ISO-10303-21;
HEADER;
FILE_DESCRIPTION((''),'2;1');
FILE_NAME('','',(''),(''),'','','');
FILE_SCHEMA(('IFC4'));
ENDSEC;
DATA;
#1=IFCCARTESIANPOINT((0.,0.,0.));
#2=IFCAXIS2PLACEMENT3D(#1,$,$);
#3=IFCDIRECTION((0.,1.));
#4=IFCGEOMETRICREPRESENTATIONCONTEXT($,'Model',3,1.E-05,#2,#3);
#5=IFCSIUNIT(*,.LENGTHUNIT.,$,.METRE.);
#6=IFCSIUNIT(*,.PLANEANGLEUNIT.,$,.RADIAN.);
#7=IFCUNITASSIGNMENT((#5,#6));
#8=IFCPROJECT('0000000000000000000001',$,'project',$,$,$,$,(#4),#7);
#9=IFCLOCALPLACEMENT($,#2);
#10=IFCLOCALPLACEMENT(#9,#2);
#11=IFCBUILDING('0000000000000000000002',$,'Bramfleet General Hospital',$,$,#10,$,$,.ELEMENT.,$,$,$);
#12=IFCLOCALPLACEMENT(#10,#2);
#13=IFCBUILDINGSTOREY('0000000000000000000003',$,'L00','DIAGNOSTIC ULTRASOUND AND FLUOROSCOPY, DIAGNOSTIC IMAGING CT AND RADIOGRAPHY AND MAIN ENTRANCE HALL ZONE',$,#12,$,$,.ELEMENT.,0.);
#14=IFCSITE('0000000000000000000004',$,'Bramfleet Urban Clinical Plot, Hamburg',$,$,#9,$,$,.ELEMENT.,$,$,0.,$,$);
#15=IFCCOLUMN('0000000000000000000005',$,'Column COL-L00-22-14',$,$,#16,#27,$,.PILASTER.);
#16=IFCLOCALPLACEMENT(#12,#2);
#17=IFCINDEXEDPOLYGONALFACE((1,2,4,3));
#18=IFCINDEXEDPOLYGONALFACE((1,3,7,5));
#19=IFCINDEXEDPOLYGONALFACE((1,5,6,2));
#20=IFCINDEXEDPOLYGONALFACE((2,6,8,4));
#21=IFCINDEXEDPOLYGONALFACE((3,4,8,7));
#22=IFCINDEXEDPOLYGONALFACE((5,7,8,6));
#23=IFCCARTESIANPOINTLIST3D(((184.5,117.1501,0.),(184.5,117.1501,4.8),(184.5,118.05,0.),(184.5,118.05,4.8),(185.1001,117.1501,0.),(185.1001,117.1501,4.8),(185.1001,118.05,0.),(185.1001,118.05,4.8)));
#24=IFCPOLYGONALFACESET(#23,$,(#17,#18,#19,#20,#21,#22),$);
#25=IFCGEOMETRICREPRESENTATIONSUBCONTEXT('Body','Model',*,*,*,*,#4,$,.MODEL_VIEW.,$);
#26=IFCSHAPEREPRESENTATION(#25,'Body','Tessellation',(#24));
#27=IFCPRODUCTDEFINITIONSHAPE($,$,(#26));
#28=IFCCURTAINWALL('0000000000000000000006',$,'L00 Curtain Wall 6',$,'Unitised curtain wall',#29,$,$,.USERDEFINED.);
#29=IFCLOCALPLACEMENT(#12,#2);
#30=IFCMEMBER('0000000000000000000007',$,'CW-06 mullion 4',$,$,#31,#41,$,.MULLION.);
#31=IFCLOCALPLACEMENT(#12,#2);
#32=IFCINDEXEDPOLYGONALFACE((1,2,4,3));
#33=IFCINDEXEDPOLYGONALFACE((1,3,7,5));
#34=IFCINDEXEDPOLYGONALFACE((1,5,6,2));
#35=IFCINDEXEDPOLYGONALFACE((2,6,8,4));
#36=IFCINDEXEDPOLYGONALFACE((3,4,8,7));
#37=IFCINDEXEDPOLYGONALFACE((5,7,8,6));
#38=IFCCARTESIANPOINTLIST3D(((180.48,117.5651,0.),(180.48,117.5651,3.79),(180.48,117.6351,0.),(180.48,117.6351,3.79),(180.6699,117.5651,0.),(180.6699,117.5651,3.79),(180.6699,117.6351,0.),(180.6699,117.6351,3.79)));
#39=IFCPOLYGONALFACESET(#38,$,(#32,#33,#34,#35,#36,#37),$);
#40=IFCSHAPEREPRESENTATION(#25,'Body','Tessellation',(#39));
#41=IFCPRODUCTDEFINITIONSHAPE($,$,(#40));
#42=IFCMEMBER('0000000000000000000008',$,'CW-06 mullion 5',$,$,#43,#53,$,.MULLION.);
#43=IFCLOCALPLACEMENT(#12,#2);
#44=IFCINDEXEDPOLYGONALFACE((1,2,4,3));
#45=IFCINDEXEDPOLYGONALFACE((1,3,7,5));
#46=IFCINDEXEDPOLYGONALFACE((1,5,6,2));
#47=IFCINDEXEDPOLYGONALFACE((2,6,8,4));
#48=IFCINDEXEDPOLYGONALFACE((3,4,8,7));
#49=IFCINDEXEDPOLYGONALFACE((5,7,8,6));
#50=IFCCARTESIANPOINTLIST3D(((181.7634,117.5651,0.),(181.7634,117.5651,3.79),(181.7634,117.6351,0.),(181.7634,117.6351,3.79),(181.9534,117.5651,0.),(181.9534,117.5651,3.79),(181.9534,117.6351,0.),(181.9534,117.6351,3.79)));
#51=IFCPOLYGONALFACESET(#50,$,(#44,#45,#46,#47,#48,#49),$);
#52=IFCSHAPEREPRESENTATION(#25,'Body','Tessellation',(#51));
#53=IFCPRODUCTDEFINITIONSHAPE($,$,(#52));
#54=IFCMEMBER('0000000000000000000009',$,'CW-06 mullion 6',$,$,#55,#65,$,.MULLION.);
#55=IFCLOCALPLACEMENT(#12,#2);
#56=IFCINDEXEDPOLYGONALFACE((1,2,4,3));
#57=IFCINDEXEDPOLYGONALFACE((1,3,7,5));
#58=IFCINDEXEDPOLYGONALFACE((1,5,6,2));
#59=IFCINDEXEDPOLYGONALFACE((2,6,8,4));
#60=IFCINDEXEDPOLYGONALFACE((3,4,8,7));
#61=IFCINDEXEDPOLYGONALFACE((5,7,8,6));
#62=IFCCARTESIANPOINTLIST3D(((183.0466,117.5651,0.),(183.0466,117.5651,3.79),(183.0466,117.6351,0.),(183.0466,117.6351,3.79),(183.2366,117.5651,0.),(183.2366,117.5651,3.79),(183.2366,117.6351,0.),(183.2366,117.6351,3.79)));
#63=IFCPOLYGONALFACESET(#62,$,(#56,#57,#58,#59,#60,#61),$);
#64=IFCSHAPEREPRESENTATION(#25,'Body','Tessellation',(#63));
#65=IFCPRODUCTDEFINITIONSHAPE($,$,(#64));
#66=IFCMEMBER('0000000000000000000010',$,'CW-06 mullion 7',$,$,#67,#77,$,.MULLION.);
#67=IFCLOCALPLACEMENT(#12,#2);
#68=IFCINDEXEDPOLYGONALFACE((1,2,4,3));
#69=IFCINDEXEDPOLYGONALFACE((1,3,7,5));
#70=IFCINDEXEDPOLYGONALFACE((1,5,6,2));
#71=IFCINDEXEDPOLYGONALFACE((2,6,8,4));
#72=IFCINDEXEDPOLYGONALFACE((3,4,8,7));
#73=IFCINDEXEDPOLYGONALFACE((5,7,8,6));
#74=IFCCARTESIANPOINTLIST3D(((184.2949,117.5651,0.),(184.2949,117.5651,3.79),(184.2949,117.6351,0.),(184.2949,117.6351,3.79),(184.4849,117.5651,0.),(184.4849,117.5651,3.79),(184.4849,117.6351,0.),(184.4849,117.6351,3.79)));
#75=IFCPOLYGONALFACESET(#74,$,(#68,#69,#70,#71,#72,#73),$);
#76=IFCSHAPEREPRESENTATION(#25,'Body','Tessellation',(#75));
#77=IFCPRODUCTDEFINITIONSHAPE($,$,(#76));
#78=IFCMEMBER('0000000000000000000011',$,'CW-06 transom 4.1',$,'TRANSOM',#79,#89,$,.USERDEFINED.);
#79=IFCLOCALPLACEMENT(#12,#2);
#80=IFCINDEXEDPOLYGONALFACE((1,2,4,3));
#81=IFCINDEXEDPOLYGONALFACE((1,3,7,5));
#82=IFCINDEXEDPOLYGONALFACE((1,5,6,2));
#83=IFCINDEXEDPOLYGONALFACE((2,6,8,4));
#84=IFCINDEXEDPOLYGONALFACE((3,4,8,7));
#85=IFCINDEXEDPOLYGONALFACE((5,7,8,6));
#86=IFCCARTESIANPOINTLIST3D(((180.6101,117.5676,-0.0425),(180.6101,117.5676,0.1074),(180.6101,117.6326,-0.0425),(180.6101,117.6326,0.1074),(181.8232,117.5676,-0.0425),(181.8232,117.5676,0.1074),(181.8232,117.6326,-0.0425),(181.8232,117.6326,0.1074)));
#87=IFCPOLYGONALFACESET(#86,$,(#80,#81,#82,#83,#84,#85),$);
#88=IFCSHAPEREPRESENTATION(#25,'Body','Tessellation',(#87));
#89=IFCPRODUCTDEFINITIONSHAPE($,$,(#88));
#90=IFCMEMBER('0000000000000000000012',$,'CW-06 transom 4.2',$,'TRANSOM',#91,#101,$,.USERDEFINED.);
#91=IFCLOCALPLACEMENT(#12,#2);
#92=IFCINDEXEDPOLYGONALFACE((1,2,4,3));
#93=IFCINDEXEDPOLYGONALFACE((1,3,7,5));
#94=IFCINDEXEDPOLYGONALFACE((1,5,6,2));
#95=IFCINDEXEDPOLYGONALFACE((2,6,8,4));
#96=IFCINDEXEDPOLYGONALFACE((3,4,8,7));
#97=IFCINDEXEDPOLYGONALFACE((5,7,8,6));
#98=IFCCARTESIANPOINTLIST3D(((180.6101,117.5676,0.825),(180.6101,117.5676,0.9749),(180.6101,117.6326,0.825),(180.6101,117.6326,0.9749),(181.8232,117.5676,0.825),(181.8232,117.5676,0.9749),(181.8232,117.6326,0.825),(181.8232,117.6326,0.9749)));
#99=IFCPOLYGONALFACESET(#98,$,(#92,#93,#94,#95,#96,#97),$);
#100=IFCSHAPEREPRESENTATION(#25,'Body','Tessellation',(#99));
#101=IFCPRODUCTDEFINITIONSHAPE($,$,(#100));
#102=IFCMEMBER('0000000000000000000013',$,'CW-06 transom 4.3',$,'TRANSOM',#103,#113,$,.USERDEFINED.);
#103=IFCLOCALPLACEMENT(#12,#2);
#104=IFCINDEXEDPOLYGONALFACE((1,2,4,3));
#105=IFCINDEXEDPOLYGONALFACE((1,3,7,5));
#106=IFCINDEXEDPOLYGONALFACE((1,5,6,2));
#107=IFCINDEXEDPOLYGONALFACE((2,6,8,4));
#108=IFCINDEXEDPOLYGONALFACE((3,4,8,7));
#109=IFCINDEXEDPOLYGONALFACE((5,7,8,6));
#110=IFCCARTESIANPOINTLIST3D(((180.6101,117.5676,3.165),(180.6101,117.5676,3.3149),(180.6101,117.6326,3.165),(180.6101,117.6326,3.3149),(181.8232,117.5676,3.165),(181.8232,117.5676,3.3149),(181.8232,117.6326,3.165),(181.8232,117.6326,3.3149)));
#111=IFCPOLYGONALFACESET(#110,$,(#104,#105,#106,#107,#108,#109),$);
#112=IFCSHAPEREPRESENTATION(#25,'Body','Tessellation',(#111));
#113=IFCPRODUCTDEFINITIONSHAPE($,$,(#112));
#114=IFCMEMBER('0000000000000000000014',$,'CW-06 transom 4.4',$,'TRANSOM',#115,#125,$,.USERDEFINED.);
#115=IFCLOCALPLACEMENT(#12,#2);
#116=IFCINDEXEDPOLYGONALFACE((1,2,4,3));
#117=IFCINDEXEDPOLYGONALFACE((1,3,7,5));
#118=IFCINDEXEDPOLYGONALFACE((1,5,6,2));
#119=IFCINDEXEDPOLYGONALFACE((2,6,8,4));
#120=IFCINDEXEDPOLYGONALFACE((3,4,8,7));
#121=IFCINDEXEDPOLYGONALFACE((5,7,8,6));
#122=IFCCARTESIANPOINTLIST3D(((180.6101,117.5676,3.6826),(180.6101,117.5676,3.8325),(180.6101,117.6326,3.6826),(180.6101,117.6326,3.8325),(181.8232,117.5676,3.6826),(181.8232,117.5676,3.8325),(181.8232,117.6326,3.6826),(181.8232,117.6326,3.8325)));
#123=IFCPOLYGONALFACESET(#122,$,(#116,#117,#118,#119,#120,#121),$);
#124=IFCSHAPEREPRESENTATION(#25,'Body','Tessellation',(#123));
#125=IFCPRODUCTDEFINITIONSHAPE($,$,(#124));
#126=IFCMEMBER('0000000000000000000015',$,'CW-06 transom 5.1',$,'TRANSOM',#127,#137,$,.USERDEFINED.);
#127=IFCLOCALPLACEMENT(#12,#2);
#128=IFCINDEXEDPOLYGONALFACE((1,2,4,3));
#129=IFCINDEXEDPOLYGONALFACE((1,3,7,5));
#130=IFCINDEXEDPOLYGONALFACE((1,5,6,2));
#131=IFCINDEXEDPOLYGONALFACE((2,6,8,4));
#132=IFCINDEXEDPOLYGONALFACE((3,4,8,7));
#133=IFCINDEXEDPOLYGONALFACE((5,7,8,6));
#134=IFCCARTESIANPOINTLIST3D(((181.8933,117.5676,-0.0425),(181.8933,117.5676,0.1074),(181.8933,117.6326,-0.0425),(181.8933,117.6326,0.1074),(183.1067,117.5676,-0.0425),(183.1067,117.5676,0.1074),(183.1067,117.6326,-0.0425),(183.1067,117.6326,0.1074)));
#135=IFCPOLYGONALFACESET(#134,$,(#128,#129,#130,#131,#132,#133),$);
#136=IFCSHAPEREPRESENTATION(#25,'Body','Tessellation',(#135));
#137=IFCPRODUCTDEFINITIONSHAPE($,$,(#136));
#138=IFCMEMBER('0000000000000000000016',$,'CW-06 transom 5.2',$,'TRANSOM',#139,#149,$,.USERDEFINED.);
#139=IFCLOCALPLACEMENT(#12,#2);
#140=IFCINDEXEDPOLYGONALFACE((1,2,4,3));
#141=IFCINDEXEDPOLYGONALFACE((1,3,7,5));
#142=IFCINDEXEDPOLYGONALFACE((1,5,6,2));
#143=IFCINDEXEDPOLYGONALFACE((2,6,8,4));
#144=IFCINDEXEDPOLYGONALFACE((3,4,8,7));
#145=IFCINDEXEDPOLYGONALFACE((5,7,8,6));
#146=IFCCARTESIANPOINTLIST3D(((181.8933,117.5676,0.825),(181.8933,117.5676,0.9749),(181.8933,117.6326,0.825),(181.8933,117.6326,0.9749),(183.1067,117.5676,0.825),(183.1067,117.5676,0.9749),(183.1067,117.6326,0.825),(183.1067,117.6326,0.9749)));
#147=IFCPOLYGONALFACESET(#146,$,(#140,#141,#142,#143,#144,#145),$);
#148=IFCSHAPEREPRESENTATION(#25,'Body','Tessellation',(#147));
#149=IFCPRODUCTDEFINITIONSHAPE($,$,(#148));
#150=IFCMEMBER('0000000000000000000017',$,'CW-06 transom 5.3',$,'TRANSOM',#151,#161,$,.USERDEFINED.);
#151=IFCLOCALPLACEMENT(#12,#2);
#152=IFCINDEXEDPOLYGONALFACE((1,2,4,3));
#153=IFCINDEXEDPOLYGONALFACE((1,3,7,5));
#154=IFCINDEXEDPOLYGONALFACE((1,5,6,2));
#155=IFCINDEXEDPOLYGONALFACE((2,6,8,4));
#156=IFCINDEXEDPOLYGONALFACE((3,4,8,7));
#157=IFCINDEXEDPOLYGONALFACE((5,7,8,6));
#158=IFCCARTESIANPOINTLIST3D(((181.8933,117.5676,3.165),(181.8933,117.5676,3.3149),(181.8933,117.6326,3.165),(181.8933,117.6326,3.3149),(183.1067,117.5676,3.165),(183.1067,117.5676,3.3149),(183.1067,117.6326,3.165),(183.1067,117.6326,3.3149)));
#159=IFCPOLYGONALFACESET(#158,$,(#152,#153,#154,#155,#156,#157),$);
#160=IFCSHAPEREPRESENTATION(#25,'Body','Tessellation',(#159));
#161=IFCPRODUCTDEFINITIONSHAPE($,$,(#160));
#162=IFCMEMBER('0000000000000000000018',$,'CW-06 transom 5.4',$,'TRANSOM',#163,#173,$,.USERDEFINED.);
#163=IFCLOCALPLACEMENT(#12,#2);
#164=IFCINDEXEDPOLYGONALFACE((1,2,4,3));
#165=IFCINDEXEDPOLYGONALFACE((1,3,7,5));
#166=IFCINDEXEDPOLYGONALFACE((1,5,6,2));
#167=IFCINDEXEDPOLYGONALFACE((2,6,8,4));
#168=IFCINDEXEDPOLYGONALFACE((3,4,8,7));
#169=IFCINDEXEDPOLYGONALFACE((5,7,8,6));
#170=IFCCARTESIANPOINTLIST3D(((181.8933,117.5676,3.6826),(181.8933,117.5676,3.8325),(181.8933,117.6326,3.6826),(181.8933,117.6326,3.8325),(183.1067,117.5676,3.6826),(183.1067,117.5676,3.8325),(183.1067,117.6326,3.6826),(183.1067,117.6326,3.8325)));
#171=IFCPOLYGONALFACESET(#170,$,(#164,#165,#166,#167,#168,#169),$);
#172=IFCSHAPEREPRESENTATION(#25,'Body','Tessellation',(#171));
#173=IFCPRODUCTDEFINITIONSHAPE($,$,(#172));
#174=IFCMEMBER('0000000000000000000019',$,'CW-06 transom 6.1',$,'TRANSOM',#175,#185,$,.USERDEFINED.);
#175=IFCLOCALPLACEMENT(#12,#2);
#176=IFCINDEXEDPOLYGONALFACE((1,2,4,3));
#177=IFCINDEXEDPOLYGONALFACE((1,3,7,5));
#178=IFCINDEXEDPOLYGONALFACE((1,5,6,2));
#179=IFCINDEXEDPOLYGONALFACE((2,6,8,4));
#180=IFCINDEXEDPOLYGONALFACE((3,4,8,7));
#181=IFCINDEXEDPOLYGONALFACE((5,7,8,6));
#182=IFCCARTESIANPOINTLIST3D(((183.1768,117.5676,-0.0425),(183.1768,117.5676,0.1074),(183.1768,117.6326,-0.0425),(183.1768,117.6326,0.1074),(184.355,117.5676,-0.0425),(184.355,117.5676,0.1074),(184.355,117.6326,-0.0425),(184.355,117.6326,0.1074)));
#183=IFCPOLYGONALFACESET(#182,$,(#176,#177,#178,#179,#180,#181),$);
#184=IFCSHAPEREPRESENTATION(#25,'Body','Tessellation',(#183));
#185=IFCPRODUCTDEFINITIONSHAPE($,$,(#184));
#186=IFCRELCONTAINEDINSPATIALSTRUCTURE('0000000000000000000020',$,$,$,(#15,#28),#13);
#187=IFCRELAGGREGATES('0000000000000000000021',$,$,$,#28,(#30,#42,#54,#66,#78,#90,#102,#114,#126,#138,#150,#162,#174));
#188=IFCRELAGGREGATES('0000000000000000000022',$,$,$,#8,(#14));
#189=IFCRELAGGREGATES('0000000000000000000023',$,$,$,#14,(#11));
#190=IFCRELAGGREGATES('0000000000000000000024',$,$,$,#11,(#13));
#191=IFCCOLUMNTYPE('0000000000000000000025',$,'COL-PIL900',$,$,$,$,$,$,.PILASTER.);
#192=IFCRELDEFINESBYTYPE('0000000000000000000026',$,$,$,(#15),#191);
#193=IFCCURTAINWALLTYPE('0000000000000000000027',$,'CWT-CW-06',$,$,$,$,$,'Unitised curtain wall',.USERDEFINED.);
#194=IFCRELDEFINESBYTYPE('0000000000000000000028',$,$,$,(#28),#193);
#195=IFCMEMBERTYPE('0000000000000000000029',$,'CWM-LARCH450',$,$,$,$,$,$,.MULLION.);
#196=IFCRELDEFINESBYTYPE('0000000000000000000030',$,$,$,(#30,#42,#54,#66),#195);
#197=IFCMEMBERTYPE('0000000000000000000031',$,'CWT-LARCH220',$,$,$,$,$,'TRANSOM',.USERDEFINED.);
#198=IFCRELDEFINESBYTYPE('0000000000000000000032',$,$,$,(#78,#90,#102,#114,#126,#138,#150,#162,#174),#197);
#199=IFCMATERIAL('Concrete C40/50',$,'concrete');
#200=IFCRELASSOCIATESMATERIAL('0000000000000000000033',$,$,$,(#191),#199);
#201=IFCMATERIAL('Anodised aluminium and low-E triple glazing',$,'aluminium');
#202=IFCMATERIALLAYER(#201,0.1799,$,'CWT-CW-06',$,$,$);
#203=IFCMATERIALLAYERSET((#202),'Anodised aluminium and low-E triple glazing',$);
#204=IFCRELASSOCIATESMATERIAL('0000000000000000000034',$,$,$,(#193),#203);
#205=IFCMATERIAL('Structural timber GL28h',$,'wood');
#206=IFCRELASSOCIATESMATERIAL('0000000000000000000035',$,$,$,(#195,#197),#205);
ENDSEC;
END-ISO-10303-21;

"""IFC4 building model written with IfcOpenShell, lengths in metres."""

from ifc_helpers import new_model, si_unit, direction, frame, origin, origin_2d, place, context, subcontext, project, spatial, rectangle, extrude, material, layer, layer_set, material_profile, profile_set, type_object, element, aggregate, save


model = new_model("IFC4")

# Units and contexts
model_context = context("Model", 3, precision=1e-05, world=origin(), true_north=direction((0.0, 1.0)))
body_context = subcontext(model_context, "Body", "Model", "MODEL_VIEW")
ifc_project = project(units=[si_unit("LENGTHUNIT", "METRE"), si_unit("PLANEANGLEUNIT", "RADIAN")], contexts=[model_context])

# Site, building, storey
site_placement = place(None, origin())
site = spatial("IfcSite", under=ifc_project, at=site_placement, Name="Bramfleet Urban Clinical Plot, Hamburg", CompositionType="ELEMENT", RefElevation=0.0)
building_placement = place(site_placement, origin())
building = spatial("IfcBuilding", under=site, at=building_placement, Name="Bramfleet General Hospital", CompositionType="ELEMENT")
storey_placement = place(building_placement, origin())
storey = spatial("IfcBuildingStorey", under=building, at=storey_placement, Name="L00", Description="DIAGNOSTIC ULTRASOUND AND FLUOROSCOPY, DIAGNOSTIC IMAGING CT AND RADIOGRAPHY AND MAIN ENTRANCE HALL ZONE", CompositionType="ELEMENT", Elevation=0.0)

# Column
ifc_material_1 = material(Name="Concrete C40/50", Category="concrete")
ifc_material_profile_1 = material_profile(ifc_material_1, rectangle(XDim=0.6001, YDim=0.8999, at=origin_2d()), Name="RC PIL 900x600")
ifc_profile_set_1 = profile_set([ifc_material_profile_1], Name="Concrete C40/50")
column_type = type_object("IfcColumnType", Name="COL-PIL900", PredefinedType="PILASTER", material=ifc_profile_set_1)
column_placement = place(storey_placement, frame((184.8, 117.6001, 0.0), z_axis=(0.0, 0.0, 1.0), x_axis=(1.0, 0.0, 0.0)))
element("IfcColumn", 1, at=column_placement, inside=storey, type_object=column_type, Name="Column COL-L00-22-14", PredefinedType="PILASTER", context=body_context, shape_type="SweptSolid", body=[
    extrude(rectangle(XDim=0.6001, YDim=0.8999, at=origin_2d()), origin(), (0.0, 0.0, 1.0), 4.8),
])

# Curtain wall, members
ifc_material_2 = material(Name="Anodised aluminium and low-E triple glazing", Category="aluminium")
ifc_layer_1 = layer(ifc_material_2, 0.1799, Name="CWT-CW-06")
ifc_layer_set_1 = layer_set([ifc_layer_1], Name="Anodised aluminium and low-E triple glazing")
curtain_wall_type = type_object("IfcCurtainWallType", Name="CWT-CW-06", ElementType="Unitised curtain wall", PredefinedType="USERDEFINED", material=ifc_layer_set_1)
curtain_wall_placement = place(storey_placement, origin())
curtain_wall = element("IfcCurtainWall", 2, at=curtain_wall_placement, inside=storey, type_object=curtain_wall_type, Name="L00 Curtain Wall 6", ObjectType="Unitised curtain wall", PredefinedType="USERDEFINED")
ifc_material_3 = material(Name="Structural timber GL28h", Category="wood")
ifc_material_profile_2 = material_profile(ifc_material_3, rectangle(XDim=0.0701, YDim=0.1899, at=origin_2d()), Name="LARCH 190x70")
ifc_profile_set_2 = profile_set([ifc_material_profile_2], Name="Structural timber GL28h")
member_type_1 = type_object("IfcMemberType", Name="CWM-LARCH450", PredefinedType="MULLION", material=ifc_profile_set_2)
member_1_placement = place(storey_placement, frame((180.575, 117.6001, 0.0), z_axis=(0.0, 0.0, 1.0), x_axis=(0.0, 1.0, 0.0)))
member_1 = element("IfcMember", 3, at=member_1_placement, type_object=member_type_1, Name="CW-06 mullion 4", PredefinedType="MULLION", context=body_context, shape_type="SweptSolid", body=[
    extrude(rectangle(XDim=0.0701, YDim=0.1899, at=origin_2d()), origin(), (0.0, 0.0, 1.0), 3.79),
])
member_2_placement = place(storey_placement, frame((181.8584, 117.6001, 0.0), z_axis=(0.0, 0.0, 1.0), x_axis=(0.0, 1.0, 0.0)))
member_2 = element("IfcMember", 4, at=member_2_placement, type_object=member_type_1, Name="CW-06 mullion 5", PredefinedType="MULLION", context=body_context, shape_type="SweptSolid", body=[
    extrude(rectangle(XDim=0.0701, YDim=0.1899, at=origin_2d()), origin(), (0.0, 0.0, 1.0), 3.79),
])
member_3_placement = place(storey_placement, frame((183.1416, 117.6001, 0.0), z_axis=(0.0, 0.0, 1.0), x_axis=(0.0, 1.0, 0.0)))
member_3 = element("IfcMember", 5, at=member_3_placement, type_object=member_type_1, Name="CW-06 mullion 6", PredefinedType="MULLION", context=body_context, shape_type="SweptSolid", body=[
    extrude(rectangle(XDim=0.0701, YDim=0.1899, at=origin_2d()), origin(), (0.0, 0.0, 1.0), 3.79),
])
member_4_placement = place(storey_placement, frame((184.3899, 117.6001, 0.0), z_axis=(0.0, 0.0, 1.0), x_axis=(0.0, 1.0, 0.0)))
member_4 = element("IfcMember", 6, at=member_4_placement, type_object=member_type_1, Name="CW-06 mullion 7", PredefinedType="MULLION", context=body_context, shape_type="SweptSolid", body=[
    extrude(rectangle(XDim=0.0701, YDim=0.1899, at=origin_2d()), origin(), (0.0, 0.0, 1.0), 3.79),
])
ifc_material_profile_3 = material_profile(ifc_material_3, rectangle(XDim=0.0649, YDim=0.1499, at=origin_2d()), Name="LARCH 150x65")
ifc_profile_set_3 = profile_set([ifc_material_profile_3], Name="Structural timber GL28h")
member_type_2 = type_object("IfcMemberType", Name="CWT-LARCH220", ElementType="TRANSOM", PredefinedType="USERDEFINED", material=ifc_profile_set_3)
member_5_placement = place(storey_placement, frame((180.6101, 117.6001, 0.0325), z_axis=(1.0, 0.0, 0.0), x_axis=(0.0, 1.0, 0.0)))
member_5 = element("IfcMember", 7, at=member_5_placement, type_object=member_type_2, Name="CW-06 transom 4.1", ObjectType="TRANSOM", PredefinedType="USERDEFINED", context=body_context, shape_type="SweptSolid", body=[
    extrude(rectangle(XDim=0.0649, YDim=0.1499, at=origin_2d()), origin(), (0.0, 0.0, 1.0), 1.2131),
])
member_6_placement = place(storey_placement, frame((180.6101, 117.6001, 0.8999), z_axis=(1.0, 0.0, 0.0), x_axis=(0.0, 1.0, 0.0)))
member_6 = element("IfcMember", 8, at=member_6_placement, type_object=member_type_2, Name="CW-06 transom 4.2", ObjectType="TRANSOM", PredefinedType="USERDEFINED", context=body_context, shape_type="SweptSolid", body=[
    extrude(rectangle(XDim=0.0649, YDim=0.1499, at=origin_2d()), origin(), (0.0, 0.0, 1.0), 1.2131),
])
member_7_placement = place(storey_placement, frame((180.6101, 117.6001, 3.24), z_axis=(1.0, 0.0, 0.0), x_axis=(0.0, 1.0, 0.0)))
member_7 = element("IfcMember", 9, at=member_7_placement, type_object=member_type_2, Name="CW-06 transom 4.3", ObjectType="TRANSOM", PredefinedType="USERDEFINED", context=body_context, shape_type="SweptSolid", body=[
    extrude(rectangle(XDim=0.0649, YDim=0.1499, at=origin_2d()), origin(), (0.0, 0.0, 1.0), 1.2131),
])
member_8_placement = place(storey_placement, frame((180.6101, 117.6001, 3.7576), z_axis=(1.0, 0.0, 0.0), x_axis=(0.0, 1.0, 0.0)))
member_8 = element("IfcMember", 10, at=member_8_placement, type_object=member_type_2, Name="CW-06 transom 4.4", ObjectType="TRANSOM", PredefinedType="USERDEFINED", context=body_context, shape_type="SweptSolid", body=[
    extrude(rectangle(XDim=0.0649, YDim=0.1499, at=origin_2d()), origin(), (0.0, 0.0, 1.0), 1.2131),
])
member_9_placement = place(storey_placement, frame((181.8933, 117.6001, 0.0325), z_axis=(1.0, 0.0, 0.0), x_axis=(0.0, 1.0, 0.0)))
member_9 = element("IfcMember", 11, at=member_9_placement, type_object=member_type_2, Name="CW-06 transom 5.1", ObjectType="TRANSOM", PredefinedType="USERDEFINED", context=body_context, shape_type="SweptSolid", body=[
    extrude(rectangle(XDim=0.0649, YDim=0.1499, at=origin_2d()), origin(), (0.0, 0.0, 1.0), 1.2134),
])
member_10_placement = place(storey_placement, frame((181.8933, 117.6001, 0.8999), z_axis=(1.0, 0.0, 0.0), x_axis=(0.0, 1.0, 0.0)))
member_10 = element("IfcMember", 12, at=member_10_placement, type_object=member_type_2, Name="CW-06 transom 5.2", ObjectType="TRANSOM", PredefinedType="USERDEFINED", context=body_context, shape_type="SweptSolid", body=[
    extrude(rectangle(XDim=0.0649, YDim=0.1499, at=origin_2d()), origin(), (0.0, 0.0, 1.0), 1.2134),
])
member_11_placement = place(storey_placement, frame((181.8933, 117.6001, 3.24), z_axis=(1.0, 0.0, 0.0), x_axis=(0.0, 1.0, 0.0)))
member_11 = element("IfcMember", 13, at=member_11_placement, type_object=member_type_2, Name="CW-06 transom 5.3", ObjectType="TRANSOM", PredefinedType="USERDEFINED", context=body_context, shape_type="SweptSolid", body=[
    extrude(rectangle(XDim=0.0649, YDim=0.1499, at=origin_2d()), origin(), (0.0, 0.0, 1.0), 1.2134),
])
member_12_placement = place(storey_placement, frame((181.8933, 117.6001, 3.7576), z_axis=(1.0, 0.0, 0.0), x_axis=(0.0, 1.0, 0.0)))
member_12 = element("IfcMember", 14, at=member_12_placement, type_object=member_type_2, Name="CW-06 transom 5.4", ObjectType="TRANSOM", PredefinedType="USERDEFINED", context=body_context, shape_type="SweptSolid", body=[
    extrude(rectangle(XDim=0.0649, YDim=0.1499, at=origin_2d()), origin(), (0.0, 0.0, 1.0), 1.2134),
])
member_13_placement = place(storey_placement, frame((183.1768, 117.6001, 0.0325), z_axis=(1.0, 0.0, 0.0), x_axis=(0.0, 1.0, 0.0)))
member_13 = element("IfcMember", 15, at=member_13_placement, type_object=member_type_2, Name="CW-06 transom 6.1", ObjectType="TRANSOM", PredefinedType="USERDEFINED", context=body_context, shape_type="SweptSolid", body=[
    extrude(rectangle(XDim=0.0649, YDim=0.1499, at=origin_2d()), origin(), (0.0, 0.0, 1.0), 1.1782),
])
aggregate(curtain_wall, [member_1, member_2, member_3, member_4, member_5, member_6, member_7, member_8, member_9, member_10, member_11, member_12, member_13])

save(model, "model.ifc")
